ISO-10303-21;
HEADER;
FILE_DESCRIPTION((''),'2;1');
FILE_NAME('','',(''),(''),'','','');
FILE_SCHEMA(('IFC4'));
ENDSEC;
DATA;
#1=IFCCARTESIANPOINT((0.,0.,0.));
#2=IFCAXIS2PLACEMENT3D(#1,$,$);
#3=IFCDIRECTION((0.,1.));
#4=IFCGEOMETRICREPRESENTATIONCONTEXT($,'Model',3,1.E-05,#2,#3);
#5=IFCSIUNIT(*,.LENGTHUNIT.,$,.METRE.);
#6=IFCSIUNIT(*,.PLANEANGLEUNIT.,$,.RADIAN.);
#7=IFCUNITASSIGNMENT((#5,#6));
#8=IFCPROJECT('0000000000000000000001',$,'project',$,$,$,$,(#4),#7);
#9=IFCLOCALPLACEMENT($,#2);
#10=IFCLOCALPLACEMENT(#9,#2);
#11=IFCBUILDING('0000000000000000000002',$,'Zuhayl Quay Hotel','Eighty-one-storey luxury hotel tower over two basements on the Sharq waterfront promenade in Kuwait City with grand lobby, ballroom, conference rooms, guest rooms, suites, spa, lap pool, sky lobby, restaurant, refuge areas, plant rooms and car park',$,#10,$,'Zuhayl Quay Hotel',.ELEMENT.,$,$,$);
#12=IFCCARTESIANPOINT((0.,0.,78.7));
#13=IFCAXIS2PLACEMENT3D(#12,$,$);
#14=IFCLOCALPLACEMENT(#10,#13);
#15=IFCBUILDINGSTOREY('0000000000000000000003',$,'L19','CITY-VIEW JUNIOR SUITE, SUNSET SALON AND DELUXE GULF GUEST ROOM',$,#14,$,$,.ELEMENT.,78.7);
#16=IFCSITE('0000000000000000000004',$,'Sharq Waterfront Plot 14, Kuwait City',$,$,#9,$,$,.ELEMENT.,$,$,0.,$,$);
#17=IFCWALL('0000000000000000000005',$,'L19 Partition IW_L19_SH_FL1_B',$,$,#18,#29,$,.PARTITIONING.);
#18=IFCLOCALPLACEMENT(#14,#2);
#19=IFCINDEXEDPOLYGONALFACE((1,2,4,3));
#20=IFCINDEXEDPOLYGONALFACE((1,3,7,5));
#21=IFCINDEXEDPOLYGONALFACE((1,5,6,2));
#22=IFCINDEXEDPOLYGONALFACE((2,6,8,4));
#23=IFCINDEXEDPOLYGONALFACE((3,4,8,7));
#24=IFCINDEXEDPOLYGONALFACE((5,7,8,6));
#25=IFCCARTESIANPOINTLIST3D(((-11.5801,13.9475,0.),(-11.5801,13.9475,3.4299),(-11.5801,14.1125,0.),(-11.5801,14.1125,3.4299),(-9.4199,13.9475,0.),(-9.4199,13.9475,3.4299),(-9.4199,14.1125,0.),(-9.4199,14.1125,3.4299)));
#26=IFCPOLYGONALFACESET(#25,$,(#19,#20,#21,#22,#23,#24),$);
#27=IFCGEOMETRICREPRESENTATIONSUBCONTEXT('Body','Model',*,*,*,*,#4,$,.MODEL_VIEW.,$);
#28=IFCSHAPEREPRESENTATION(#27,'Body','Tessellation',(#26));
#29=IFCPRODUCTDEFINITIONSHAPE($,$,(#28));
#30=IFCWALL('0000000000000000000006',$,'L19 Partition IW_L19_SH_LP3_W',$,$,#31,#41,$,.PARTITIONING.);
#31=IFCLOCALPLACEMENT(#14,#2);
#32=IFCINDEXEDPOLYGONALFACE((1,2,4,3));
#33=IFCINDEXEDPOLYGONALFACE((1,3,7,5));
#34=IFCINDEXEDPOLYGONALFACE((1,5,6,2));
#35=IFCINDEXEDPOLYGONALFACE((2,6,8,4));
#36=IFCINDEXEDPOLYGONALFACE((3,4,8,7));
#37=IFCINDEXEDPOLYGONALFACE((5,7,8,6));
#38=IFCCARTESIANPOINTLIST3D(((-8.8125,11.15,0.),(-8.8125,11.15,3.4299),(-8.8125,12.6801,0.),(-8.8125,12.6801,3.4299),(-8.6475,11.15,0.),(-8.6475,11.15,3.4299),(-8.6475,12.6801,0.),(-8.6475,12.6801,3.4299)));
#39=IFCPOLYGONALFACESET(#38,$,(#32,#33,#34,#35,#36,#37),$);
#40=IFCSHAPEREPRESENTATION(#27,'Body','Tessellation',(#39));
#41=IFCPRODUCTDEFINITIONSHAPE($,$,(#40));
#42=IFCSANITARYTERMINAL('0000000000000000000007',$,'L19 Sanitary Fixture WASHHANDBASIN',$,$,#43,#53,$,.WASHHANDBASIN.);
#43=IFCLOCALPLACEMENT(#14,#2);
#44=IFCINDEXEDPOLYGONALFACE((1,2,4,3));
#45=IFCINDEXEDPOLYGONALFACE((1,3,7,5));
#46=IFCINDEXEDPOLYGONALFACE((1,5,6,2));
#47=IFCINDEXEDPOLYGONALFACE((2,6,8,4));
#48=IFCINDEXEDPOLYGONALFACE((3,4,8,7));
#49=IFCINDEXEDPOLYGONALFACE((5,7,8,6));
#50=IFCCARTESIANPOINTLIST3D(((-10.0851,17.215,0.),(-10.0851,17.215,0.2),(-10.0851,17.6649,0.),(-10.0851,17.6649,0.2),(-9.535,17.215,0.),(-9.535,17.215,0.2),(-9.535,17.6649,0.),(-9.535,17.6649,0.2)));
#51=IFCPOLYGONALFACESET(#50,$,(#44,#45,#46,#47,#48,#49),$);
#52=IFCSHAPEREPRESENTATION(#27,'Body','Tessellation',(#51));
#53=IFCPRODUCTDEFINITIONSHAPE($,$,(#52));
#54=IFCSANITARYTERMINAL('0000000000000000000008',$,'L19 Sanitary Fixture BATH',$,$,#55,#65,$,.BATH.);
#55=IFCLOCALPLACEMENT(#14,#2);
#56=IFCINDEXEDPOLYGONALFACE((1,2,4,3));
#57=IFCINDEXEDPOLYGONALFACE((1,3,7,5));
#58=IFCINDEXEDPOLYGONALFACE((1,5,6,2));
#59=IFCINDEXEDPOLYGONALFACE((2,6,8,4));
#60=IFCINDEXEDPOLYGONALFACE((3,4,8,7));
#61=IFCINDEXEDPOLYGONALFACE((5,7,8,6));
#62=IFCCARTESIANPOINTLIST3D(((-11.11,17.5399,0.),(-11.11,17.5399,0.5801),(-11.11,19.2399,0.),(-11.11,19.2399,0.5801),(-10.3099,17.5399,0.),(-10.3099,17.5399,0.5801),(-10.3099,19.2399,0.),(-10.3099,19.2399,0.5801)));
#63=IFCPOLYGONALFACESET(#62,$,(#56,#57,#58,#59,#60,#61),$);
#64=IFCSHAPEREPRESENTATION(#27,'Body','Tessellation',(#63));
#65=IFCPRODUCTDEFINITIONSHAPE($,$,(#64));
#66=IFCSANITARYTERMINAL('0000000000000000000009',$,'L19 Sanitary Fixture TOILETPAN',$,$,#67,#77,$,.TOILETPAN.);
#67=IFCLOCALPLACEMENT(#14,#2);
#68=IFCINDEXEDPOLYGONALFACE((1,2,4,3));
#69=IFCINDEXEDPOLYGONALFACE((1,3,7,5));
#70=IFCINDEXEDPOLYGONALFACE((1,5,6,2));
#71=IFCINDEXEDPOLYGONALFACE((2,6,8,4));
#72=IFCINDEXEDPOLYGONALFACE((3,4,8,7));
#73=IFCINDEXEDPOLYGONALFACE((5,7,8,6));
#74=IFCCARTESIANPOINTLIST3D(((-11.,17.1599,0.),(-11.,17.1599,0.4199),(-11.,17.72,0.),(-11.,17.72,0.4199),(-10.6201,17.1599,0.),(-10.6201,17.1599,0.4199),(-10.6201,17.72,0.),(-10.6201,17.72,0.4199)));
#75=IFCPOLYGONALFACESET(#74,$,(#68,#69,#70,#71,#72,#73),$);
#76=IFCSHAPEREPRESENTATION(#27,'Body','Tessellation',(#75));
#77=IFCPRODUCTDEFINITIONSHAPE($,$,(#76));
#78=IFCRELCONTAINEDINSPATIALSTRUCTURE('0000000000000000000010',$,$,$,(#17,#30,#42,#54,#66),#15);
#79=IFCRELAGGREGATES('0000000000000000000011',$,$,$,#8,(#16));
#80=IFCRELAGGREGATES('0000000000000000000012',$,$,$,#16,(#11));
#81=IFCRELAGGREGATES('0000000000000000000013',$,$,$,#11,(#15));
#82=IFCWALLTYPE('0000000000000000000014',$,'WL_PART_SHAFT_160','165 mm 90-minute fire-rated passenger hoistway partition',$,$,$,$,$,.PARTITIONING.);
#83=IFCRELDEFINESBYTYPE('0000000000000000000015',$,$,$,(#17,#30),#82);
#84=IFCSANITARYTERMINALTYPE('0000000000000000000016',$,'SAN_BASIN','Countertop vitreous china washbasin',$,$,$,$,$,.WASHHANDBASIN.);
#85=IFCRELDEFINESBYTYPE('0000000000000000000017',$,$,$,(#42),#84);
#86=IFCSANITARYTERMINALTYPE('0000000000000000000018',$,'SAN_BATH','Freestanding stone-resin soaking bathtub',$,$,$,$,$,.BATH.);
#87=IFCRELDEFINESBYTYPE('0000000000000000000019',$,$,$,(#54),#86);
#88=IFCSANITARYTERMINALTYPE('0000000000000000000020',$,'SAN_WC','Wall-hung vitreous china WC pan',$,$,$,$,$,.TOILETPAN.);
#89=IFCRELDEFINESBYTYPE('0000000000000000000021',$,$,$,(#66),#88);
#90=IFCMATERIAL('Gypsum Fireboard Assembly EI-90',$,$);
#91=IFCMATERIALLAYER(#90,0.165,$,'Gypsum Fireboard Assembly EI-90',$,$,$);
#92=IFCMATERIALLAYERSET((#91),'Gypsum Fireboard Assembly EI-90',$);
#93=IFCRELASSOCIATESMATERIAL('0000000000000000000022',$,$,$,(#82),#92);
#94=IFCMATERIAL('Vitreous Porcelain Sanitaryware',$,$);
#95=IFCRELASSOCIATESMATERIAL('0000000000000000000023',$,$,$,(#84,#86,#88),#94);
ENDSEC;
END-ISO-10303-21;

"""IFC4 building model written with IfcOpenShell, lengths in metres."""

from ifc_helpers import new_model, si_unit, direction, frame, frame_2d, origin, origin_2d, place, context, subcontext, project, spatial, rectangle, extrude, material, layer, layer_set, type_object, element, save


model = new_model("IFC4")

# Units and contexts
model_context = context("Model", 3, precision=1e-05, world=origin(), true_north=direction((0.0, 1.0)))
body_context = subcontext(model_context, "Body", "Model", "MODEL_VIEW")
ifc_project = project(units=[si_unit("LENGTHUNIT", "METRE"), si_unit("PLANEANGLEUNIT", "RADIAN")], contexts=[model_context])

# Site, building, storey
site_placement = place(None, origin())
site = spatial("IfcSite", under=ifc_project, at=site_placement, Name="Sharq Waterfront Plot 14, Kuwait City", CompositionType="ELEMENT", RefElevation=0.0)
building_placement = place(site_placement, origin())
building = spatial("IfcBuilding", under=site, at=building_placement, Name="Zuhayl Quay Hotel", Description="Eighty-one-storey luxury hotel tower over two basements on the Sharq waterfront promenade in Kuwait City with grand lobby, ballroom, conference rooms, guest rooms, suites, spa, lap pool, sky lobby, restaurant, refuge areas, plant rooms and car park", LongName="Zuhayl Quay Hotel", CompositionType="ELEMENT")
storey_placement = place(building_placement, frame((0.0, 0.0, 78.7)))
storey = spatial("IfcBuildingStorey", under=building, at=storey_placement, Name="L19", Description="CITY-VIEW JUNIOR SUITE, SUNSET SALON AND DELUXE GULF GUEST ROOM", CompositionType="ELEMENT", Elevation=78.7)

# Shared definitions
ifc_material_1 = material(Name="Gypsum Fireboard Assembly EI-90")
ifc_layer_1 = layer(ifc_material_1, 0.165, Name="Gypsum Fireboard Assembly EI-90")
ifc_layer_set_1 = layer_set([ifc_layer_1], Name="Gypsum Fireboard Assembly EI-90")
wall_type_1 = type_object("IfcWallType", Name="WL_PART_SHAFT_160", Description="165 mm 90-minute fire-rated passenger hoistway partition", PredefinedType="PARTITIONING", material=ifc_layer_set_1)

# Walls
wall_1_placement = place(storey_placement, frame((-11.5801, 14.03, 0.0), z_axis=(0.0, 0.0, 1.0), x_axis=(1.0, 0.0, 0.0)))
element("IfcWall", 1, at=wall_1_placement, inside=storey, type_object=wall_type_1, Name="L19 Partition IW_L19_SH_FL1_B", PredefinedType="PARTITIONING", context=body_context, shape_type="SweptSolid", body=[
    extrude(rectangle(XDim=2.1602, YDim=0.165, at=frame_2d((1.0801, 0.0))), origin(), (0.0, 0.0, 1.0), 3.4299),
])
wall_2_placement = place(storey_placement, frame((-8.73, 11.1499, 0.0), z_axis=(0.0, 0.0, 1.0), x_axis=(0.0, 1.0, 0.0)))
element("IfcWall", 2, at=wall_2_placement, inside=storey, type_object=wall_type_1, Name="L19 Partition IW_L19_SH_LP3_W", PredefinedType="PARTITIONING", context=body_context, shape_type="SweptSolid", body=[
    extrude(rectangle(XDim=1.53, YDim=0.165, at=frame_2d((0.7651, 0.0))), origin(), (0.0, 0.0, 1.0), 3.4299),
])

# Sanitary terminals
ifc_material_2 = material(Name="Vitreous Porcelain Sanitaryware")
sanitary_terminal_type_1 = type_object("IfcSanitaryTerminalType", Name="SAN_BASIN", Description="Countertop vitreous china washbasin", PredefinedType="WASHHANDBASIN", material=ifc_material_2)
sanitary_terminal_1_placement = place(storey_placement, frame((-9.8101, 17.4399, 0.0), z_axis=(0.0, 0.0, 1.0), x_axis=(1.0, 0.0, 0.0)))
element("IfcSanitaryTerminal", 3, at=sanitary_terminal_1_placement, inside=storey, type_object=sanitary_terminal_type_1, Name="L19 Sanitary Fixture WASHHANDBASIN", PredefinedType="WASHHANDBASIN", context=body_context, shape_type="SweptSolid", body=[
    extrude(rectangle(XDim=0.55, YDim=0.45, at=origin_2d()), origin(), (0.0, 0.0, 1.0), 0.2),
])
sanitary_terminal_type_2 = type_object("IfcSanitaryTerminalType", Name="SAN_BATH", Description="Freestanding stone-resin soaking bathtub", PredefinedType="BATH", material=ifc_material_2)
sanitary_terminal_2_placement = place(storey_placement, frame((-10.71, 18.3899, 0.0), z_axis=(0.0, 0.0, 1.0), x_axis=(1.0, 0.0, 0.0)))
element("IfcSanitaryTerminal", 4, at=sanitary_terminal_2_placement, inside=storey, type_object=sanitary_terminal_type_2, Name="L19 Sanitary Fixture BATH", PredefinedType="BATH", context=body_context, shape_type="SweptSolid", body=[
    extrude(rectangle(XDim=0.8, YDim=1.7, at=origin_2d()), origin(), (0.0, 0.0, 1.0), 0.5801),
])
sanitary_terminal_type_3 = type_object("IfcSanitaryTerminalType", Name="SAN_WC", Description="Wall-hung vitreous china WC pan", PredefinedType="TOILETPAN", material=ifc_material_2)
sanitary_terminal_3_placement = place(storey_placement, frame((-10.8101, 17.4399, 0.0), z_axis=(0.0, 0.0, 1.0), x_axis=(1.0, 0.0, 0.0)))
element("IfcSanitaryTerminal", 5, at=sanitary_terminal_3_placement, inside=storey, type_object=sanitary_terminal_type_3, Name="L19 Sanitary Fixture TOILETPAN", PredefinedType="TOILETPAN", context=body_context, shape_type="SweptSolid", body=[
    extrude(rectangle(XDim=0.3799, YDim=0.5601, at=origin_2d()), origin(), (0.0, 0.0, 1.0), 0.4199),
])

save(model, "model.ifc")
